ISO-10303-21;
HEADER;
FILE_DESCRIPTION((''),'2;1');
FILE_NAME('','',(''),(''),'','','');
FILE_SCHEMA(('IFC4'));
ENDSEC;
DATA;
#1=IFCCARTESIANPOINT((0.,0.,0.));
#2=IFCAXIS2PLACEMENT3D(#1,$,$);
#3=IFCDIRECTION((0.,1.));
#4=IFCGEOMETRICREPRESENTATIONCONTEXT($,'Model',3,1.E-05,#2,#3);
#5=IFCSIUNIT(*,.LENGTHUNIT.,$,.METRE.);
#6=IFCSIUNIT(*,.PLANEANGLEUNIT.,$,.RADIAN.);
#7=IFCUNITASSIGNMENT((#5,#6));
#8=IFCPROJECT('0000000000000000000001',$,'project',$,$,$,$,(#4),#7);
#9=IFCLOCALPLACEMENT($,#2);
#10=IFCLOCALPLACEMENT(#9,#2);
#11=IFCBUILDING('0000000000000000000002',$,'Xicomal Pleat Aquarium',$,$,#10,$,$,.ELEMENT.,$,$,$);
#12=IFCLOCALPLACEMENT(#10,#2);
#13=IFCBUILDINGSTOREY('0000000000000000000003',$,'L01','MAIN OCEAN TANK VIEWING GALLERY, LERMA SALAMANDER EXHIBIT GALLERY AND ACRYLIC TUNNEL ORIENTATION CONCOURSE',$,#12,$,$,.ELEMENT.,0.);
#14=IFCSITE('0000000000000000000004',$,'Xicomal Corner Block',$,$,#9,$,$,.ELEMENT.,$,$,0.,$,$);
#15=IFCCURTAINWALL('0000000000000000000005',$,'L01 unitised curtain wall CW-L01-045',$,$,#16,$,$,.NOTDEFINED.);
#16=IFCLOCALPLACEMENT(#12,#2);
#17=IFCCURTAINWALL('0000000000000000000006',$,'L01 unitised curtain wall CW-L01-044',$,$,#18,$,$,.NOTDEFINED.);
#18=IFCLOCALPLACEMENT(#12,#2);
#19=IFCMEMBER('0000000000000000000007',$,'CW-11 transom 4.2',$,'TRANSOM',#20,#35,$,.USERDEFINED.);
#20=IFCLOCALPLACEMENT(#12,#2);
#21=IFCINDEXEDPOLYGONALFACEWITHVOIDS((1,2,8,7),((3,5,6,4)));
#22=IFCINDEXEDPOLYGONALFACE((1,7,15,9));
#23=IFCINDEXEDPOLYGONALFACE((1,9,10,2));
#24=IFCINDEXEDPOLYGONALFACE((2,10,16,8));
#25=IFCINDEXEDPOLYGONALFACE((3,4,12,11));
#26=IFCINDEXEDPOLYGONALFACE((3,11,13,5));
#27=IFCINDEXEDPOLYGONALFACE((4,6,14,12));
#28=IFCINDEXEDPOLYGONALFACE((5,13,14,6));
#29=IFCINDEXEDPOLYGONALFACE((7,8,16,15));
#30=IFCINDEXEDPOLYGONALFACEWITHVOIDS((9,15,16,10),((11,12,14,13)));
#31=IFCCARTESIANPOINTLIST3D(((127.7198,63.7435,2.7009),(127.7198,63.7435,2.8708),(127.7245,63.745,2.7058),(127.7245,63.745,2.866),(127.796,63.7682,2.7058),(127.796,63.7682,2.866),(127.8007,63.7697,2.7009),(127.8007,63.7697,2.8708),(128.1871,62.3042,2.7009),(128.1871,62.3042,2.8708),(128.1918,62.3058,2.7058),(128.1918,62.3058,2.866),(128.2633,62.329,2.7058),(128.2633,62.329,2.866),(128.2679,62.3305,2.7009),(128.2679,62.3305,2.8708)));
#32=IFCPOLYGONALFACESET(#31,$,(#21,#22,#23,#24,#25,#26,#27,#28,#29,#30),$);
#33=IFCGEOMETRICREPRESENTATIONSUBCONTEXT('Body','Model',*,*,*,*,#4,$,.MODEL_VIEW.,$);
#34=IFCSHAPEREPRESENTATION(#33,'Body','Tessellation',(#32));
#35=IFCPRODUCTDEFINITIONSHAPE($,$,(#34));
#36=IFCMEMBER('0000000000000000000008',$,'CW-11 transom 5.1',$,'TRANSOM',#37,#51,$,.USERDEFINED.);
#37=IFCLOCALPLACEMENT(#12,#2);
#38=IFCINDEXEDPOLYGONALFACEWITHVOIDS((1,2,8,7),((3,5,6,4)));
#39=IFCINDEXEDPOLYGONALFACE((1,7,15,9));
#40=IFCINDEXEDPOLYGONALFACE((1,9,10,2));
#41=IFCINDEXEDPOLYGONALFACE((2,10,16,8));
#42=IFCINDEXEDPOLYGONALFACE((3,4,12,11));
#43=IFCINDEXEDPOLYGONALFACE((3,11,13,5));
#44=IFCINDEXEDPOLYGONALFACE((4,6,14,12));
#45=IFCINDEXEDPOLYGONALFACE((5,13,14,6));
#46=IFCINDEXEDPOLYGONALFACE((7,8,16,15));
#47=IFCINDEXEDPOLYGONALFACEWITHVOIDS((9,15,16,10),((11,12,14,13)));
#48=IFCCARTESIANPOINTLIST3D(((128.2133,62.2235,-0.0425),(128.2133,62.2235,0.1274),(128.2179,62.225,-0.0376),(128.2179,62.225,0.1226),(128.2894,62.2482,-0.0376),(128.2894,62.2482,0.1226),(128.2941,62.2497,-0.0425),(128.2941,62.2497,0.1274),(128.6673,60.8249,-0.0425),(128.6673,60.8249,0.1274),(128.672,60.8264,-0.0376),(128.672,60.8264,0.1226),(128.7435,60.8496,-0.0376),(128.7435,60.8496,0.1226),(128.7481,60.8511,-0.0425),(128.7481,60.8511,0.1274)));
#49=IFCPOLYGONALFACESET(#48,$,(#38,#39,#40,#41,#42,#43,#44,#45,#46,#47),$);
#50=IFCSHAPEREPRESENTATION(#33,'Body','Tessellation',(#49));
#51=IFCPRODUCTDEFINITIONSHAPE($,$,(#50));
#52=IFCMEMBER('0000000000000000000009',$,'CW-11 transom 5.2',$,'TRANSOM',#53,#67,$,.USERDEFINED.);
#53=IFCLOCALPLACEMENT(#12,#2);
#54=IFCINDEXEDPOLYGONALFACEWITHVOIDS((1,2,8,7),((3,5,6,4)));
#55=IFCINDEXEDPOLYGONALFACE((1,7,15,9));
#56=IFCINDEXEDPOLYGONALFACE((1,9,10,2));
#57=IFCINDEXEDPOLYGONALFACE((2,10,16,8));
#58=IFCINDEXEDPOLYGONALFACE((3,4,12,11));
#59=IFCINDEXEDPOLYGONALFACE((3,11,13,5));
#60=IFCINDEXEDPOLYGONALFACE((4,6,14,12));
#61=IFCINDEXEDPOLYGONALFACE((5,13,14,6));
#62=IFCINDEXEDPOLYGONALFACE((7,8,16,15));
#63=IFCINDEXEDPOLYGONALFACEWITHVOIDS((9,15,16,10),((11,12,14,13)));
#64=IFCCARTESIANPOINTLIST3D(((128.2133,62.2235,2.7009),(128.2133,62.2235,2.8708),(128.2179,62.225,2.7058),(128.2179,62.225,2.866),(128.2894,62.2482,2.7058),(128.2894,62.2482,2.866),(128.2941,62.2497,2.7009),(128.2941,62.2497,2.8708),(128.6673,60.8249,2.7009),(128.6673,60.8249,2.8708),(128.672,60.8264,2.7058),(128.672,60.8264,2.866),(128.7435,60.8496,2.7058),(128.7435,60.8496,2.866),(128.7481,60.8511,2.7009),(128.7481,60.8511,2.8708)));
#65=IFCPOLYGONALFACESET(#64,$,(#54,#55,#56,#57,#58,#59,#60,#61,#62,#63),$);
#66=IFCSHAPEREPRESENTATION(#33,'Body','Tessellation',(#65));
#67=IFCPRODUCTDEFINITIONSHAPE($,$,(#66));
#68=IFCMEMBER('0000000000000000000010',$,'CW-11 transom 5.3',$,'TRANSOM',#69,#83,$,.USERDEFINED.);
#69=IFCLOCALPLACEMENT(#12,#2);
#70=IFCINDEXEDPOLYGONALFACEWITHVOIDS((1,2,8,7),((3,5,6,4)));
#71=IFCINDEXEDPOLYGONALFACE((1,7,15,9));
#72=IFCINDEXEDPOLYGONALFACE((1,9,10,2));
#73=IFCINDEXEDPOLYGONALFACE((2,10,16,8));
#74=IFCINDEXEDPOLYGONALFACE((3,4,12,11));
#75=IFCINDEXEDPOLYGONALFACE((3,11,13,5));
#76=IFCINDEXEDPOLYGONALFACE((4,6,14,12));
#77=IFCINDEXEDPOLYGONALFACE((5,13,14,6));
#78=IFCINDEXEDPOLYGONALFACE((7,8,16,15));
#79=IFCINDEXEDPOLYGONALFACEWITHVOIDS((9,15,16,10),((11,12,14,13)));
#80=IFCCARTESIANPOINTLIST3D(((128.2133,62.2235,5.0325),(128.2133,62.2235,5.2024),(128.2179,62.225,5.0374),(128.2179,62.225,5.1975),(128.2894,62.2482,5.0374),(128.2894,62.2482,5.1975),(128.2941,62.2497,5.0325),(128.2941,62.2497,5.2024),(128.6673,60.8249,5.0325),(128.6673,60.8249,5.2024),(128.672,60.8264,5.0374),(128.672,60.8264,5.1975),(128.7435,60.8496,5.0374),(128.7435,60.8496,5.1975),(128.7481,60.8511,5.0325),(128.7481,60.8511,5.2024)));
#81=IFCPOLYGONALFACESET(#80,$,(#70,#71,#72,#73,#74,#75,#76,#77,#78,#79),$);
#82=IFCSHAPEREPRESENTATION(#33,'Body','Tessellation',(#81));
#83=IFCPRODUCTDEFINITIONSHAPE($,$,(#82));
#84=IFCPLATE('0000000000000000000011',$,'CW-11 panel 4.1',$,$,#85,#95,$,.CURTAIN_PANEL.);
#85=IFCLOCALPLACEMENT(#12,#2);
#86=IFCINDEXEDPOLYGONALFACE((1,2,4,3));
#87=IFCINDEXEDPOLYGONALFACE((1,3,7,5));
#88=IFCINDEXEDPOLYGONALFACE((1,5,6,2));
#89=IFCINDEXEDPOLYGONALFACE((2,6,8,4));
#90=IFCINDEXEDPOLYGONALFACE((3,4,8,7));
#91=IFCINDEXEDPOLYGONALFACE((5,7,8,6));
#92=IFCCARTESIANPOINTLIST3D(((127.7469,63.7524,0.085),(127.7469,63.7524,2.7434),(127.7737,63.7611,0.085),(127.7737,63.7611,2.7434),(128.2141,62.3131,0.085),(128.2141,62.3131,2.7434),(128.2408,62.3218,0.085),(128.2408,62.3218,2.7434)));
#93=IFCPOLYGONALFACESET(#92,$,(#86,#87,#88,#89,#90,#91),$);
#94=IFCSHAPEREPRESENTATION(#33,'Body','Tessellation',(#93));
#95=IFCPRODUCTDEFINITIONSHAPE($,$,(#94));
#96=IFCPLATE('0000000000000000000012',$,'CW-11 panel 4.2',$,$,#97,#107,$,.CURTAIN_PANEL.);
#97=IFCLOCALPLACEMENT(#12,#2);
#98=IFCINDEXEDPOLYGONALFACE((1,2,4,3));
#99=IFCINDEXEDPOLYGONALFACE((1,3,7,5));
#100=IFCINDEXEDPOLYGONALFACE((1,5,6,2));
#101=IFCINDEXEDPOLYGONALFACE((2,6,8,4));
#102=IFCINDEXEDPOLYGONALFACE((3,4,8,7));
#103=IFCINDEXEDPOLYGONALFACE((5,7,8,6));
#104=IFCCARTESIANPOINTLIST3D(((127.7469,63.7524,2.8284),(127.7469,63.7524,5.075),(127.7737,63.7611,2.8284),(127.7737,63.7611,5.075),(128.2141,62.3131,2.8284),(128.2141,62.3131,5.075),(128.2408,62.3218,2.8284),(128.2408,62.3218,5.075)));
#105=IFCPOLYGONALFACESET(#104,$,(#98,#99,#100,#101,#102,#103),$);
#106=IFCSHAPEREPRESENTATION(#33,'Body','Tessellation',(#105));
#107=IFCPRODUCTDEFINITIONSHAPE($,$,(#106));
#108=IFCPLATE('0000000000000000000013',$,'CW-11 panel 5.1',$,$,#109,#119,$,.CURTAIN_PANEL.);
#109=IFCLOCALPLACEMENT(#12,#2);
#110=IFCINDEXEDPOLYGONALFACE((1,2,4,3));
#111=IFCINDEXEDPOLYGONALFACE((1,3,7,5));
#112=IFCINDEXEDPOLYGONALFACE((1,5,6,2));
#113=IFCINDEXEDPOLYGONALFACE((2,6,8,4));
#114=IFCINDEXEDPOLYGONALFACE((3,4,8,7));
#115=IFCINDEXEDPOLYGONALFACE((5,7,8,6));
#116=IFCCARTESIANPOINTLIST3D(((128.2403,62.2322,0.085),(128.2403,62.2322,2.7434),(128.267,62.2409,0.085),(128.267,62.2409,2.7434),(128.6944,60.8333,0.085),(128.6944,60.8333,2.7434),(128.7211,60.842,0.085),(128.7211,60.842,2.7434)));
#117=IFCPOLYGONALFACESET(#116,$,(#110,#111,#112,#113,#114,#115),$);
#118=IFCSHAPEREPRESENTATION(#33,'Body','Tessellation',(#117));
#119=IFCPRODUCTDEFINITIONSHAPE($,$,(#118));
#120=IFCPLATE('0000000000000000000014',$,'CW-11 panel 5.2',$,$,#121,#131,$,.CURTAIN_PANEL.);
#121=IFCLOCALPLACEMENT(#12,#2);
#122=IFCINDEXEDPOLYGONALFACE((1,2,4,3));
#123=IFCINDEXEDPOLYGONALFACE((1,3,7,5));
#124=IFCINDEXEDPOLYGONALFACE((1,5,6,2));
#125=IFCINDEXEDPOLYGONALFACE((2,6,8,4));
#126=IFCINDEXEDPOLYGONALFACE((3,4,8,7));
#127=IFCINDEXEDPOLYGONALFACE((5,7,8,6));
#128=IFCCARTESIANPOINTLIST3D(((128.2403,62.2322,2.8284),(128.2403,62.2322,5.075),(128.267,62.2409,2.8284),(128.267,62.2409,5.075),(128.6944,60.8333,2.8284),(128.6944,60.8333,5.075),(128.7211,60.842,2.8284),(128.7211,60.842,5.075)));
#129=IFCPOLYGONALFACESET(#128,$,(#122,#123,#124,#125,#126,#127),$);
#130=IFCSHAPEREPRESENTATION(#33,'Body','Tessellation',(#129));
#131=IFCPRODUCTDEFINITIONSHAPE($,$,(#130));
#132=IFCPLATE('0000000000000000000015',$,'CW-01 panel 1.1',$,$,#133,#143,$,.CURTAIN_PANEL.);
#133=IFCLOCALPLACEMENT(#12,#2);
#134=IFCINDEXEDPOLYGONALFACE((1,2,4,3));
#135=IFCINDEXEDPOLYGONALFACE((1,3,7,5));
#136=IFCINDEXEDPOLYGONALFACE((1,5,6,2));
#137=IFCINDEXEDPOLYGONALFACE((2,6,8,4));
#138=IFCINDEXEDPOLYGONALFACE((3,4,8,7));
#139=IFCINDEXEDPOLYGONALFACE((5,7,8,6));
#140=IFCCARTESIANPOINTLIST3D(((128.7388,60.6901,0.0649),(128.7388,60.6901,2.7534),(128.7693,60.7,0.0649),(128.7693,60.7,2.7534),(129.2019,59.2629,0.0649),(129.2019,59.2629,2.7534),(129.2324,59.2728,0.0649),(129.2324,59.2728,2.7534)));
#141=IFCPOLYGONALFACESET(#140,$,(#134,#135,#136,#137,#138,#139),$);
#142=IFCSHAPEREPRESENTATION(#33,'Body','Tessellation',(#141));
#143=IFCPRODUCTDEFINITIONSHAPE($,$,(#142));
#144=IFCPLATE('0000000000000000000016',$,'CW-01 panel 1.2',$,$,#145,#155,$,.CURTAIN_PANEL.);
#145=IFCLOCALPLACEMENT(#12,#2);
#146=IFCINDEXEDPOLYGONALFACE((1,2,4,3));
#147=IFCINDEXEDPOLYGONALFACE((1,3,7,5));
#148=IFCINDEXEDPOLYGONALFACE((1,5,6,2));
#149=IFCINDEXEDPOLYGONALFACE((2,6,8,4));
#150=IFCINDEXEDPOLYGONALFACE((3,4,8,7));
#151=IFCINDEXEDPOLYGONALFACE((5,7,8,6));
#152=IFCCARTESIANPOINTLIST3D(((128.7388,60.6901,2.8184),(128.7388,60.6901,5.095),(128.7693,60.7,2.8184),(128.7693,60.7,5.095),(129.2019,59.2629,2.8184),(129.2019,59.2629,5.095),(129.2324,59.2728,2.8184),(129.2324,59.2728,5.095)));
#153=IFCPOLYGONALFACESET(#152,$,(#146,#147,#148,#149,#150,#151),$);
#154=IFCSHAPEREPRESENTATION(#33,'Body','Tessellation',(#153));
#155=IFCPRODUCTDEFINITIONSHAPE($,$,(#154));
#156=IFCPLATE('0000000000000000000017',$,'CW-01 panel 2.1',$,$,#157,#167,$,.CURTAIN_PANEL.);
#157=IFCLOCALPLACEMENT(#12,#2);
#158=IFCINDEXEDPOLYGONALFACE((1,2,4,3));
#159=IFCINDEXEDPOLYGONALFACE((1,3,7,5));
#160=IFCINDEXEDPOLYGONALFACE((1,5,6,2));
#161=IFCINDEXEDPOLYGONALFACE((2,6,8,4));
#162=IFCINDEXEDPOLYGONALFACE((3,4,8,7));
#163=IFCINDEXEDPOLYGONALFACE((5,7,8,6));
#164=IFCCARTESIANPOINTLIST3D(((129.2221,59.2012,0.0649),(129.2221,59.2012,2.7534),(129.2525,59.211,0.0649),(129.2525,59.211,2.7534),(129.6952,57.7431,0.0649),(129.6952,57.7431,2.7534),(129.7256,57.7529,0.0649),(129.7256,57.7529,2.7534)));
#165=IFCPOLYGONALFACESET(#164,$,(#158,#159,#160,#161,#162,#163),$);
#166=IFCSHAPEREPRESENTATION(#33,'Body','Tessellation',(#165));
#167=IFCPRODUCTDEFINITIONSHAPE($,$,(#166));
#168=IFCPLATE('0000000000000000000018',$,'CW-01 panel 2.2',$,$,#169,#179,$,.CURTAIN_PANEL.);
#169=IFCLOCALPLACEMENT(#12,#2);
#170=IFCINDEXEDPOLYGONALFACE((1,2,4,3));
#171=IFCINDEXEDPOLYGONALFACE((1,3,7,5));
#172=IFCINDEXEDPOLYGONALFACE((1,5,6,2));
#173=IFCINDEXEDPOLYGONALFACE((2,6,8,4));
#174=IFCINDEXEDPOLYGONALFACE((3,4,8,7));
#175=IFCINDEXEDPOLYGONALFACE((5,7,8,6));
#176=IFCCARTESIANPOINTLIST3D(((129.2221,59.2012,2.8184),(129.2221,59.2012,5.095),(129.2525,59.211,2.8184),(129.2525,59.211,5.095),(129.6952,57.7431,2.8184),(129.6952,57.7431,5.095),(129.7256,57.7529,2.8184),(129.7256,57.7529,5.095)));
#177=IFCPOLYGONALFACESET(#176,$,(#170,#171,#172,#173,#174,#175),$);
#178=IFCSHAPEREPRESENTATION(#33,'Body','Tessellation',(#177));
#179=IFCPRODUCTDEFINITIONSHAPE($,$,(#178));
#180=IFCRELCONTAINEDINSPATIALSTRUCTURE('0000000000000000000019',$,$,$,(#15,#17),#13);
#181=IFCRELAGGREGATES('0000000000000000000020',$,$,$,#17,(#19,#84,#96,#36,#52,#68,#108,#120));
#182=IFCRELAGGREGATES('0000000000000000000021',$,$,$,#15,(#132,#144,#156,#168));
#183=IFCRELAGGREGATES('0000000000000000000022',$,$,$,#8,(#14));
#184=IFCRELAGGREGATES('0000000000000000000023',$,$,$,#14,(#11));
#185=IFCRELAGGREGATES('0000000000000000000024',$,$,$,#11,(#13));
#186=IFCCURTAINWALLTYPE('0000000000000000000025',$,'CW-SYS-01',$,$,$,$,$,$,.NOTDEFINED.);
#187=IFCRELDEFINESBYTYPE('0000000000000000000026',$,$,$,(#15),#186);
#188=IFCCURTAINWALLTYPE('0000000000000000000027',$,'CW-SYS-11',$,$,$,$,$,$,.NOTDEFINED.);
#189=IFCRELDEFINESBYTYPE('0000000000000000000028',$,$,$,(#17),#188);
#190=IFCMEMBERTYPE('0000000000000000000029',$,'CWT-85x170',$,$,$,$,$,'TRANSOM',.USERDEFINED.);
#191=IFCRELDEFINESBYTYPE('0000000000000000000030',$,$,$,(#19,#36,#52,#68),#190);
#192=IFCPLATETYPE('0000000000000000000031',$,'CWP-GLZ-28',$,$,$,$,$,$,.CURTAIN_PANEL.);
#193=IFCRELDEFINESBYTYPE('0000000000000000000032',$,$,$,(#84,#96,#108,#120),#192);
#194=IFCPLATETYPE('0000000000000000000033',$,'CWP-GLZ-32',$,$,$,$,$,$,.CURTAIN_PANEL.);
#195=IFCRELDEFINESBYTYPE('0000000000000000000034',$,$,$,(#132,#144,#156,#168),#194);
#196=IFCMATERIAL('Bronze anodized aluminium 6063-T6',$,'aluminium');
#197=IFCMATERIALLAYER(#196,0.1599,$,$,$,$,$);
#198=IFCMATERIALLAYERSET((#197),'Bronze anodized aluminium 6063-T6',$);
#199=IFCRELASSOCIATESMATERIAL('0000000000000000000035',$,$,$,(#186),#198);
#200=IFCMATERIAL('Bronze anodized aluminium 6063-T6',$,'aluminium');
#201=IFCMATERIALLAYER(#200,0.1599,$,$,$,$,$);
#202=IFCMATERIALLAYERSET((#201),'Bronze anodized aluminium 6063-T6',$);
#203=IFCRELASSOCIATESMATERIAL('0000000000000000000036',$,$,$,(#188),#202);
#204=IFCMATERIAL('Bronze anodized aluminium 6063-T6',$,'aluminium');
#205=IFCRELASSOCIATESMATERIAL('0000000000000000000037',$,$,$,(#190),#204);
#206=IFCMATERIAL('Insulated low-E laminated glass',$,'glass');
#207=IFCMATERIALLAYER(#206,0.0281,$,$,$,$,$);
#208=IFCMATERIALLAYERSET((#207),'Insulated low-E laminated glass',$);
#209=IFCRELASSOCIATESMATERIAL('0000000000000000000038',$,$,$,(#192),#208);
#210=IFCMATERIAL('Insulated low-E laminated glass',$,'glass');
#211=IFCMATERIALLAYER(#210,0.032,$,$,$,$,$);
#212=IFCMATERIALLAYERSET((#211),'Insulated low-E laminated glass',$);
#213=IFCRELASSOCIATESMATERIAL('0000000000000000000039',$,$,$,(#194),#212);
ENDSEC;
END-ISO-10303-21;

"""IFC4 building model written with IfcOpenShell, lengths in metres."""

from ifc_helpers import new_model, si_unit, direction, frame, origin, origin_2d, place, context, subcontext, project, spatial, rectangle, hollow_rectangle, extrude, material, layer, layer_set, material_profile, profile_set, type_object, element, aggregate, save


model = new_model("IFC4")

# Units and contexts
model_context = context("Model", 3, precision=1e-05, world=origin(), true_north=direction((0.0, 1.0)))
body_context = subcontext(model_context, "Body", "Model", "MODEL_VIEW")
ifc_project = project(units=[si_unit("LENGTHUNIT", "METRE"), si_unit("PLANEANGLEUNIT", "RADIAN")], contexts=[model_context])

# Site, building, storey
site_placement = place(None, origin())
site = spatial("IfcSite", under=ifc_project, at=site_placement, Name="Xicomal Corner Block", CompositionType="ELEMENT", RefElevation=0.0)
building_placement = place(site_placement, origin())
building = spatial("IfcBuilding", under=site, at=building_placement, Name="Xicomal Pleat Aquarium", CompositionType="ELEMENT")
storey_placement = place(building_placement, origin())
storey = spatial("IfcBuildingStorey", under=building, at=storey_placement, Name="L01", Description="MAIN OCEAN TANK VIEWING GALLERY, LERMA SALAMANDER EXHIBIT GALLERY AND ACRYLIC TUNNEL ORIENTATION CONCOURSE", CompositionType="ELEMENT", Elevation=0.0)

# Curtain wall
ifc_material_1 = material(Name="Bronze anodized aluminium 6063-T6", Category="aluminium")
ifc_layer_1 = layer(ifc_material_1, 0.1599)
ifc_layer_set_1 = layer_set([ifc_layer_1], Name="Bronze anodized aluminium 6063-T6")
curtain_wall_type_1 = type_object("IfcCurtainWallType", Name="CW-SYS-01", PredefinedType="NOTDEFINED", material=ifc_layer_set_1)
curtain_wall_1_placement = place(storey_placement, origin())
curtain_wall_1 = element("IfcCurtainWall", 1, at=curtain_wall_1_placement, inside=storey, type_object=curtain_wall_type_1, Name="L01 unitised curtain wall CW-L01-045", PredefinedType="NOTDEFINED")

# Curtain wall
ifc_material_2 = material(Name="Bronze anodized aluminium 6063-T6", Category="aluminium")
ifc_layer_2 = layer(ifc_material_2, 0.1599)
ifc_layer_set_2 = layer_set([ifc_layer_2], Name="Bronze anodized aluminium 6063-T6")
curtain_wall_type_2 = type_object("IfcCurtainWallType", Name="CW-SYS-11", PredefinedType="NOTDEFINED", material=ifc_layer_set_2)
curtain_wall_2_placement = place(storey_placement, origin())
curtain_wall_2 = element("IfcCurtainWall", 2, at=curtain_wall_2_placement, inside=storey, type_object=curtain_wall_type_2, Name="L01 unitised curtain wall CW-L01-044", PredefinedType="NOTDEFINED")

# Members
ifc_material_3 = material(Name="Bronze anodized aluminium 6063-T6", Category="aluminium")
ifc_material_profile_1 = material_profile(ifc_material_3, hollow_rectangle(XDim=0.085, YDim=0.1699, WallThickness=0.0049, at=origin_2d()), Name="ALU TRAN 85x170")
ifc_profile_set_1 = profile_set([ifc_material_profile_1], Name="Bronze anodized aluminium 6063-T6")
member_type_1 = type_object("IfcMemberType", Name="CWT-85x170", ElementType="TRANSOM", PredefinedType="USERDEFINED", material=ifc_profile_set_1)
member_1_placement = place(storey_placement, frame((127.7603, 63.7566, 2.7859), z_axis=(0.308812, -0.951123, 0.0), x_axis=(0.951123, 0.308812, 0.0)))
member_1 = element("IfcMember", 3, at=member_1_placement, type_object=member_type_1, Name="CW-11 transom 4.2", ObjectType="TRANSOM", PredefinedType="USERDEFINED", context=body_context, shape_type="SweptSolid", body=[
    extrude(hollow_rectangle(XDim=0.085, YDim=0.1699, WallThickness=0.0049, at=origin_2d()), origin(), (0.0, 0.0, 1.0), 1.5132),
])
member_2_placement = place(storey_placement, frame((128.2537, 62.2366, 0.0425), z_axis=(0.308797, -0.951128, 0.0), x_axis=(0.951128, 0.308797, 0.0)))
member_2 = element("IfcMember", 4, at=member_2_placement, type_object=member_type_1, Name="CW-11 transom 5.1", ObjectType="TRANSOM", PredefinedType="USERDEFINED", context=body_context, shape_type="SweptSolid", body=[
    extrude(hollow_rectangle(XDim=0.085, YDim=0.1699, WallThickness=0.0049, at=origin_2d()), origin(), (0.0, 0.0, 1.0), 1.4705),
])
member_3_placement = place(storey_placement, frame((128.2537, 62.2366, 2.7859), z_axis=(0.308797, -0.951128, 0.0), x_axis=(0.951128, 0.308797, 0.0)))
member_3 = element("IfcMember", 5, at=member_3_placement, type_object=member_type_1, Name="CW-11 transom 5.2", ObjectType="TRANSOM", PredefinedType="USERDEFINED", context=body_context, shape_type="SweptSolid", body=[
    extrude(hollow_rectangle(XDim=0.085, YDim=0.1699, WallThickness=0.0049, at=origin_2d()), origin(), (0.0, 0.0, 1.0), 1.4705),
])
member_4_placement = place(storey_placement, frame((128.2537, 62.2366, 5.1174), z_axis=(0.308797, -0.951128, 0.0), x_axis=(0.951128, 0.308797, 0.0)))
member_4 = element("IfcMember", 6, at=member_4_placement, type_object=member_type_1, Name="CW-11 transom 5.3", ObjectType="TRANSOM", PredefinedType="USERDEFINED", context=body_context, shape_type="SweptSolid", body=[
    extrude(hollow_rectangle(XDim=0.085, YDim=0.1699, WallThickness=0.0049, at=origin_2d()), origin(), (0.0, 0.0, 1.0), 1.4705),
])

# Plates
ifc_material_4 = material(Name="Insulated low-E laminated glass", Category="glass")
ifc_layer_3 = layer(ifc_material_4, 0.0281)
ifc_layer_set_3 = layer_set([ifc_layer_3], Name="Insulated low-E laminated glass")
plate_type_1 = type_object("IfcPlateType", Name="CWP-GLZ-28", PredefinedType="CURTAIN_PANEL", material=ifc_layer_set_3)
plate_1_placement = place(storey_placement, frame((127.9939, 63.0371, 0.085), z_axis=(0.0, 0.0, 1.0), x_axis=(0.308746, -0.951144, 0.0)))
plate_1 = element("IfcPlate", 7, at=plate_1_placement, type_object=plate_type_1, Name="CW-11 panel 4.1", PredefinedType="CURTAIN_PANEL", context=body_context, shape_type="SweptSolid", body=[
    extrude(rectangle(XDim=1.5132, YDim=0.0281, at=origin_2d()), origin(), (0.0, 0.0, 1.0), 2.6584),
])
plate_2_placement = place(storey_placement, frame((127.9939, 63.0371, 2.8284), z_axis=(0.0, 0.0, 1.0), x_axis=(0.308746, -0.951144, 0.0)))
plate_2 = element("IfcPlate", 8, at=plate_2_placement, type_object=plate_type_1, Name="CW-11 panel 4.2", PredefinedType="CURTAIN_PANEL", context=body_context, shape_type="SweptSolid", body=[
    extrude(rectangle(XDim=1.5132, YDim=0.0281, at=origin_2d()), origin(), (0.0, 0.0, 1.0), 2.2466),
])
plate_3_placement = place(storey_placement, frame((128.4807, 61.5371, 0.085), z_axis=(0.0, 0.0, 1.0), x_axis=(0.308746, -0.951144, 0.0)))
plate_3 = element("IfcPlate", 9, at=plate_3_placement, type_object=plate_type_1, Name="CW-11 panel 5.1", PredefinedType="CURTAIN_PANEL", context=body_context, shape_type="SweptSolid", body=[
    extrude(rectangle(XDim=1.4707, YDim=0.0281, at=origin_2d()), origin(), (0.0, 0.0, 1.0), 2.6584),
])
plate_4_placement = place(storey_placement, frame((128.4807, 61.5371, 2.8284), z_axis=(0.0, 0.0, 1.0), x_axis=(0.308746, -0.951144, 0.0)))
plate_4 = element("IfcPlate", 10, at=plate_4_placement, type_object=plate_type_1, Name="CW-11 panel 5.2", PredefinedType="CURTAIN_PANEL", context=body_context, shape_type="SweptSolid", body=[
    extrude(rectangle(XDim=1.4707, YDim=0.0281, at=origin_2d()), origin(), (0.0, 0.0, 1.0), 2.2466),
])
aggregate(curtain_wall_2, [member_1, plate_1, plate_2, member_2, member_3, member_4, plate_3, plate_4])
ifc_material_5 = material(Name="Insulated low-E laminated glass", Category="glass")
ifc_layer_4 = layer(ifc_material_5, 0.032)
ifc_layer_set_4 = layer_set([ifc_layer_4], Name="Insulated low-E laminated glass")
plate_type_2 = type_object("IfcPlateType", Name="CWP-GLZ-32", PredefinedType="CURTAIN_PANEL", material=ifc_layer_set_4)
plate_5_placement = place(storey_placement, frame((128.9856, 59.9814, 0.0649), z_axis=(0.0, 0.0, 1.0), x_axis=(0.308633, -0.951181, 0.0)))
plate_5 = element("IfcPlate", 11, at=plate_5_placement, type_object=plate_type_2, Name="CW-01 panel 1.1", PredefinedType="CURTAIN_PANEL", context=body_context, shape_type="SweptSolid", body=[
    extrude(rectangle(XDim=1.5005, YDim=0.032, at=origin_2d()), origin(), (0.0, 0.0, 1.0), 2.6885),
])
plate_6_placement = place(storey_placement, frame((128.9856, 59.9814, 2.8184), z_axis=(0.0, 0.0, 1.0), x_axis=(0.308633, -0.951181, 0.0)))
plate_6 = element("IfcPlate", 12, at=plate_6_placement, type_object=plate_type_2, Name="CW-01 panel 1.2", PredefinedType="CURTAIN_PANEL", context=body_context, shape_type="SweptSolid", body=[
    extrude(rectangle(XDim=1.5005, YDim=0.032, at=origin_2d()), origin(), (0.0, 0.0, 1.0), 2.2766),
])
plate_7_placement = place(storey_placement, frame((129.4739, 58.4771, 0.0649), z_axis=(0.0, 0.0, 1.0), x_axis=(0.308633, -0.951181, 0.0)))
plate_7 = element("IfcPlate", 13, at=plate_7_placement, type_object=plate_type_2, Name="CW-01 panel 2.1", PredefinedType="CURTAIN_PANEL", context=body_context, shape_type="SweptSolid", body=[
    extrude(rectangle(XDim=1.533, YDim=0.032, at=origin_2d()), origin(), (0.0, 0.0, 1.0), 2.6885),
])
plate_8_placement = place(storey_placement, frame((129.4739, 58.4771, 2.8184), z_axis=(0.0, 0.0, 1.0), x_axis=(0.308633, -0.951181, 0.0)))
plate_8 = element("IfcPlate", 14, at=plate_8_placement, type_object=plate_type_2, Name="CW-01 panel 2.2", PredefinedType="CURTAIN_PANEL", context=body_context, shape_type="SweptSolid", body=[
    extrude(rectangle(XDim=1.533, YDim=0.032, at=origin_2d()), origin(), (0.0, 0.0, 1.0), 2.2766),
])
aggregate(curtain_wall_1, [plate_5, plate_6, plate_7, plate_8])

save(model, "model.ifc")
